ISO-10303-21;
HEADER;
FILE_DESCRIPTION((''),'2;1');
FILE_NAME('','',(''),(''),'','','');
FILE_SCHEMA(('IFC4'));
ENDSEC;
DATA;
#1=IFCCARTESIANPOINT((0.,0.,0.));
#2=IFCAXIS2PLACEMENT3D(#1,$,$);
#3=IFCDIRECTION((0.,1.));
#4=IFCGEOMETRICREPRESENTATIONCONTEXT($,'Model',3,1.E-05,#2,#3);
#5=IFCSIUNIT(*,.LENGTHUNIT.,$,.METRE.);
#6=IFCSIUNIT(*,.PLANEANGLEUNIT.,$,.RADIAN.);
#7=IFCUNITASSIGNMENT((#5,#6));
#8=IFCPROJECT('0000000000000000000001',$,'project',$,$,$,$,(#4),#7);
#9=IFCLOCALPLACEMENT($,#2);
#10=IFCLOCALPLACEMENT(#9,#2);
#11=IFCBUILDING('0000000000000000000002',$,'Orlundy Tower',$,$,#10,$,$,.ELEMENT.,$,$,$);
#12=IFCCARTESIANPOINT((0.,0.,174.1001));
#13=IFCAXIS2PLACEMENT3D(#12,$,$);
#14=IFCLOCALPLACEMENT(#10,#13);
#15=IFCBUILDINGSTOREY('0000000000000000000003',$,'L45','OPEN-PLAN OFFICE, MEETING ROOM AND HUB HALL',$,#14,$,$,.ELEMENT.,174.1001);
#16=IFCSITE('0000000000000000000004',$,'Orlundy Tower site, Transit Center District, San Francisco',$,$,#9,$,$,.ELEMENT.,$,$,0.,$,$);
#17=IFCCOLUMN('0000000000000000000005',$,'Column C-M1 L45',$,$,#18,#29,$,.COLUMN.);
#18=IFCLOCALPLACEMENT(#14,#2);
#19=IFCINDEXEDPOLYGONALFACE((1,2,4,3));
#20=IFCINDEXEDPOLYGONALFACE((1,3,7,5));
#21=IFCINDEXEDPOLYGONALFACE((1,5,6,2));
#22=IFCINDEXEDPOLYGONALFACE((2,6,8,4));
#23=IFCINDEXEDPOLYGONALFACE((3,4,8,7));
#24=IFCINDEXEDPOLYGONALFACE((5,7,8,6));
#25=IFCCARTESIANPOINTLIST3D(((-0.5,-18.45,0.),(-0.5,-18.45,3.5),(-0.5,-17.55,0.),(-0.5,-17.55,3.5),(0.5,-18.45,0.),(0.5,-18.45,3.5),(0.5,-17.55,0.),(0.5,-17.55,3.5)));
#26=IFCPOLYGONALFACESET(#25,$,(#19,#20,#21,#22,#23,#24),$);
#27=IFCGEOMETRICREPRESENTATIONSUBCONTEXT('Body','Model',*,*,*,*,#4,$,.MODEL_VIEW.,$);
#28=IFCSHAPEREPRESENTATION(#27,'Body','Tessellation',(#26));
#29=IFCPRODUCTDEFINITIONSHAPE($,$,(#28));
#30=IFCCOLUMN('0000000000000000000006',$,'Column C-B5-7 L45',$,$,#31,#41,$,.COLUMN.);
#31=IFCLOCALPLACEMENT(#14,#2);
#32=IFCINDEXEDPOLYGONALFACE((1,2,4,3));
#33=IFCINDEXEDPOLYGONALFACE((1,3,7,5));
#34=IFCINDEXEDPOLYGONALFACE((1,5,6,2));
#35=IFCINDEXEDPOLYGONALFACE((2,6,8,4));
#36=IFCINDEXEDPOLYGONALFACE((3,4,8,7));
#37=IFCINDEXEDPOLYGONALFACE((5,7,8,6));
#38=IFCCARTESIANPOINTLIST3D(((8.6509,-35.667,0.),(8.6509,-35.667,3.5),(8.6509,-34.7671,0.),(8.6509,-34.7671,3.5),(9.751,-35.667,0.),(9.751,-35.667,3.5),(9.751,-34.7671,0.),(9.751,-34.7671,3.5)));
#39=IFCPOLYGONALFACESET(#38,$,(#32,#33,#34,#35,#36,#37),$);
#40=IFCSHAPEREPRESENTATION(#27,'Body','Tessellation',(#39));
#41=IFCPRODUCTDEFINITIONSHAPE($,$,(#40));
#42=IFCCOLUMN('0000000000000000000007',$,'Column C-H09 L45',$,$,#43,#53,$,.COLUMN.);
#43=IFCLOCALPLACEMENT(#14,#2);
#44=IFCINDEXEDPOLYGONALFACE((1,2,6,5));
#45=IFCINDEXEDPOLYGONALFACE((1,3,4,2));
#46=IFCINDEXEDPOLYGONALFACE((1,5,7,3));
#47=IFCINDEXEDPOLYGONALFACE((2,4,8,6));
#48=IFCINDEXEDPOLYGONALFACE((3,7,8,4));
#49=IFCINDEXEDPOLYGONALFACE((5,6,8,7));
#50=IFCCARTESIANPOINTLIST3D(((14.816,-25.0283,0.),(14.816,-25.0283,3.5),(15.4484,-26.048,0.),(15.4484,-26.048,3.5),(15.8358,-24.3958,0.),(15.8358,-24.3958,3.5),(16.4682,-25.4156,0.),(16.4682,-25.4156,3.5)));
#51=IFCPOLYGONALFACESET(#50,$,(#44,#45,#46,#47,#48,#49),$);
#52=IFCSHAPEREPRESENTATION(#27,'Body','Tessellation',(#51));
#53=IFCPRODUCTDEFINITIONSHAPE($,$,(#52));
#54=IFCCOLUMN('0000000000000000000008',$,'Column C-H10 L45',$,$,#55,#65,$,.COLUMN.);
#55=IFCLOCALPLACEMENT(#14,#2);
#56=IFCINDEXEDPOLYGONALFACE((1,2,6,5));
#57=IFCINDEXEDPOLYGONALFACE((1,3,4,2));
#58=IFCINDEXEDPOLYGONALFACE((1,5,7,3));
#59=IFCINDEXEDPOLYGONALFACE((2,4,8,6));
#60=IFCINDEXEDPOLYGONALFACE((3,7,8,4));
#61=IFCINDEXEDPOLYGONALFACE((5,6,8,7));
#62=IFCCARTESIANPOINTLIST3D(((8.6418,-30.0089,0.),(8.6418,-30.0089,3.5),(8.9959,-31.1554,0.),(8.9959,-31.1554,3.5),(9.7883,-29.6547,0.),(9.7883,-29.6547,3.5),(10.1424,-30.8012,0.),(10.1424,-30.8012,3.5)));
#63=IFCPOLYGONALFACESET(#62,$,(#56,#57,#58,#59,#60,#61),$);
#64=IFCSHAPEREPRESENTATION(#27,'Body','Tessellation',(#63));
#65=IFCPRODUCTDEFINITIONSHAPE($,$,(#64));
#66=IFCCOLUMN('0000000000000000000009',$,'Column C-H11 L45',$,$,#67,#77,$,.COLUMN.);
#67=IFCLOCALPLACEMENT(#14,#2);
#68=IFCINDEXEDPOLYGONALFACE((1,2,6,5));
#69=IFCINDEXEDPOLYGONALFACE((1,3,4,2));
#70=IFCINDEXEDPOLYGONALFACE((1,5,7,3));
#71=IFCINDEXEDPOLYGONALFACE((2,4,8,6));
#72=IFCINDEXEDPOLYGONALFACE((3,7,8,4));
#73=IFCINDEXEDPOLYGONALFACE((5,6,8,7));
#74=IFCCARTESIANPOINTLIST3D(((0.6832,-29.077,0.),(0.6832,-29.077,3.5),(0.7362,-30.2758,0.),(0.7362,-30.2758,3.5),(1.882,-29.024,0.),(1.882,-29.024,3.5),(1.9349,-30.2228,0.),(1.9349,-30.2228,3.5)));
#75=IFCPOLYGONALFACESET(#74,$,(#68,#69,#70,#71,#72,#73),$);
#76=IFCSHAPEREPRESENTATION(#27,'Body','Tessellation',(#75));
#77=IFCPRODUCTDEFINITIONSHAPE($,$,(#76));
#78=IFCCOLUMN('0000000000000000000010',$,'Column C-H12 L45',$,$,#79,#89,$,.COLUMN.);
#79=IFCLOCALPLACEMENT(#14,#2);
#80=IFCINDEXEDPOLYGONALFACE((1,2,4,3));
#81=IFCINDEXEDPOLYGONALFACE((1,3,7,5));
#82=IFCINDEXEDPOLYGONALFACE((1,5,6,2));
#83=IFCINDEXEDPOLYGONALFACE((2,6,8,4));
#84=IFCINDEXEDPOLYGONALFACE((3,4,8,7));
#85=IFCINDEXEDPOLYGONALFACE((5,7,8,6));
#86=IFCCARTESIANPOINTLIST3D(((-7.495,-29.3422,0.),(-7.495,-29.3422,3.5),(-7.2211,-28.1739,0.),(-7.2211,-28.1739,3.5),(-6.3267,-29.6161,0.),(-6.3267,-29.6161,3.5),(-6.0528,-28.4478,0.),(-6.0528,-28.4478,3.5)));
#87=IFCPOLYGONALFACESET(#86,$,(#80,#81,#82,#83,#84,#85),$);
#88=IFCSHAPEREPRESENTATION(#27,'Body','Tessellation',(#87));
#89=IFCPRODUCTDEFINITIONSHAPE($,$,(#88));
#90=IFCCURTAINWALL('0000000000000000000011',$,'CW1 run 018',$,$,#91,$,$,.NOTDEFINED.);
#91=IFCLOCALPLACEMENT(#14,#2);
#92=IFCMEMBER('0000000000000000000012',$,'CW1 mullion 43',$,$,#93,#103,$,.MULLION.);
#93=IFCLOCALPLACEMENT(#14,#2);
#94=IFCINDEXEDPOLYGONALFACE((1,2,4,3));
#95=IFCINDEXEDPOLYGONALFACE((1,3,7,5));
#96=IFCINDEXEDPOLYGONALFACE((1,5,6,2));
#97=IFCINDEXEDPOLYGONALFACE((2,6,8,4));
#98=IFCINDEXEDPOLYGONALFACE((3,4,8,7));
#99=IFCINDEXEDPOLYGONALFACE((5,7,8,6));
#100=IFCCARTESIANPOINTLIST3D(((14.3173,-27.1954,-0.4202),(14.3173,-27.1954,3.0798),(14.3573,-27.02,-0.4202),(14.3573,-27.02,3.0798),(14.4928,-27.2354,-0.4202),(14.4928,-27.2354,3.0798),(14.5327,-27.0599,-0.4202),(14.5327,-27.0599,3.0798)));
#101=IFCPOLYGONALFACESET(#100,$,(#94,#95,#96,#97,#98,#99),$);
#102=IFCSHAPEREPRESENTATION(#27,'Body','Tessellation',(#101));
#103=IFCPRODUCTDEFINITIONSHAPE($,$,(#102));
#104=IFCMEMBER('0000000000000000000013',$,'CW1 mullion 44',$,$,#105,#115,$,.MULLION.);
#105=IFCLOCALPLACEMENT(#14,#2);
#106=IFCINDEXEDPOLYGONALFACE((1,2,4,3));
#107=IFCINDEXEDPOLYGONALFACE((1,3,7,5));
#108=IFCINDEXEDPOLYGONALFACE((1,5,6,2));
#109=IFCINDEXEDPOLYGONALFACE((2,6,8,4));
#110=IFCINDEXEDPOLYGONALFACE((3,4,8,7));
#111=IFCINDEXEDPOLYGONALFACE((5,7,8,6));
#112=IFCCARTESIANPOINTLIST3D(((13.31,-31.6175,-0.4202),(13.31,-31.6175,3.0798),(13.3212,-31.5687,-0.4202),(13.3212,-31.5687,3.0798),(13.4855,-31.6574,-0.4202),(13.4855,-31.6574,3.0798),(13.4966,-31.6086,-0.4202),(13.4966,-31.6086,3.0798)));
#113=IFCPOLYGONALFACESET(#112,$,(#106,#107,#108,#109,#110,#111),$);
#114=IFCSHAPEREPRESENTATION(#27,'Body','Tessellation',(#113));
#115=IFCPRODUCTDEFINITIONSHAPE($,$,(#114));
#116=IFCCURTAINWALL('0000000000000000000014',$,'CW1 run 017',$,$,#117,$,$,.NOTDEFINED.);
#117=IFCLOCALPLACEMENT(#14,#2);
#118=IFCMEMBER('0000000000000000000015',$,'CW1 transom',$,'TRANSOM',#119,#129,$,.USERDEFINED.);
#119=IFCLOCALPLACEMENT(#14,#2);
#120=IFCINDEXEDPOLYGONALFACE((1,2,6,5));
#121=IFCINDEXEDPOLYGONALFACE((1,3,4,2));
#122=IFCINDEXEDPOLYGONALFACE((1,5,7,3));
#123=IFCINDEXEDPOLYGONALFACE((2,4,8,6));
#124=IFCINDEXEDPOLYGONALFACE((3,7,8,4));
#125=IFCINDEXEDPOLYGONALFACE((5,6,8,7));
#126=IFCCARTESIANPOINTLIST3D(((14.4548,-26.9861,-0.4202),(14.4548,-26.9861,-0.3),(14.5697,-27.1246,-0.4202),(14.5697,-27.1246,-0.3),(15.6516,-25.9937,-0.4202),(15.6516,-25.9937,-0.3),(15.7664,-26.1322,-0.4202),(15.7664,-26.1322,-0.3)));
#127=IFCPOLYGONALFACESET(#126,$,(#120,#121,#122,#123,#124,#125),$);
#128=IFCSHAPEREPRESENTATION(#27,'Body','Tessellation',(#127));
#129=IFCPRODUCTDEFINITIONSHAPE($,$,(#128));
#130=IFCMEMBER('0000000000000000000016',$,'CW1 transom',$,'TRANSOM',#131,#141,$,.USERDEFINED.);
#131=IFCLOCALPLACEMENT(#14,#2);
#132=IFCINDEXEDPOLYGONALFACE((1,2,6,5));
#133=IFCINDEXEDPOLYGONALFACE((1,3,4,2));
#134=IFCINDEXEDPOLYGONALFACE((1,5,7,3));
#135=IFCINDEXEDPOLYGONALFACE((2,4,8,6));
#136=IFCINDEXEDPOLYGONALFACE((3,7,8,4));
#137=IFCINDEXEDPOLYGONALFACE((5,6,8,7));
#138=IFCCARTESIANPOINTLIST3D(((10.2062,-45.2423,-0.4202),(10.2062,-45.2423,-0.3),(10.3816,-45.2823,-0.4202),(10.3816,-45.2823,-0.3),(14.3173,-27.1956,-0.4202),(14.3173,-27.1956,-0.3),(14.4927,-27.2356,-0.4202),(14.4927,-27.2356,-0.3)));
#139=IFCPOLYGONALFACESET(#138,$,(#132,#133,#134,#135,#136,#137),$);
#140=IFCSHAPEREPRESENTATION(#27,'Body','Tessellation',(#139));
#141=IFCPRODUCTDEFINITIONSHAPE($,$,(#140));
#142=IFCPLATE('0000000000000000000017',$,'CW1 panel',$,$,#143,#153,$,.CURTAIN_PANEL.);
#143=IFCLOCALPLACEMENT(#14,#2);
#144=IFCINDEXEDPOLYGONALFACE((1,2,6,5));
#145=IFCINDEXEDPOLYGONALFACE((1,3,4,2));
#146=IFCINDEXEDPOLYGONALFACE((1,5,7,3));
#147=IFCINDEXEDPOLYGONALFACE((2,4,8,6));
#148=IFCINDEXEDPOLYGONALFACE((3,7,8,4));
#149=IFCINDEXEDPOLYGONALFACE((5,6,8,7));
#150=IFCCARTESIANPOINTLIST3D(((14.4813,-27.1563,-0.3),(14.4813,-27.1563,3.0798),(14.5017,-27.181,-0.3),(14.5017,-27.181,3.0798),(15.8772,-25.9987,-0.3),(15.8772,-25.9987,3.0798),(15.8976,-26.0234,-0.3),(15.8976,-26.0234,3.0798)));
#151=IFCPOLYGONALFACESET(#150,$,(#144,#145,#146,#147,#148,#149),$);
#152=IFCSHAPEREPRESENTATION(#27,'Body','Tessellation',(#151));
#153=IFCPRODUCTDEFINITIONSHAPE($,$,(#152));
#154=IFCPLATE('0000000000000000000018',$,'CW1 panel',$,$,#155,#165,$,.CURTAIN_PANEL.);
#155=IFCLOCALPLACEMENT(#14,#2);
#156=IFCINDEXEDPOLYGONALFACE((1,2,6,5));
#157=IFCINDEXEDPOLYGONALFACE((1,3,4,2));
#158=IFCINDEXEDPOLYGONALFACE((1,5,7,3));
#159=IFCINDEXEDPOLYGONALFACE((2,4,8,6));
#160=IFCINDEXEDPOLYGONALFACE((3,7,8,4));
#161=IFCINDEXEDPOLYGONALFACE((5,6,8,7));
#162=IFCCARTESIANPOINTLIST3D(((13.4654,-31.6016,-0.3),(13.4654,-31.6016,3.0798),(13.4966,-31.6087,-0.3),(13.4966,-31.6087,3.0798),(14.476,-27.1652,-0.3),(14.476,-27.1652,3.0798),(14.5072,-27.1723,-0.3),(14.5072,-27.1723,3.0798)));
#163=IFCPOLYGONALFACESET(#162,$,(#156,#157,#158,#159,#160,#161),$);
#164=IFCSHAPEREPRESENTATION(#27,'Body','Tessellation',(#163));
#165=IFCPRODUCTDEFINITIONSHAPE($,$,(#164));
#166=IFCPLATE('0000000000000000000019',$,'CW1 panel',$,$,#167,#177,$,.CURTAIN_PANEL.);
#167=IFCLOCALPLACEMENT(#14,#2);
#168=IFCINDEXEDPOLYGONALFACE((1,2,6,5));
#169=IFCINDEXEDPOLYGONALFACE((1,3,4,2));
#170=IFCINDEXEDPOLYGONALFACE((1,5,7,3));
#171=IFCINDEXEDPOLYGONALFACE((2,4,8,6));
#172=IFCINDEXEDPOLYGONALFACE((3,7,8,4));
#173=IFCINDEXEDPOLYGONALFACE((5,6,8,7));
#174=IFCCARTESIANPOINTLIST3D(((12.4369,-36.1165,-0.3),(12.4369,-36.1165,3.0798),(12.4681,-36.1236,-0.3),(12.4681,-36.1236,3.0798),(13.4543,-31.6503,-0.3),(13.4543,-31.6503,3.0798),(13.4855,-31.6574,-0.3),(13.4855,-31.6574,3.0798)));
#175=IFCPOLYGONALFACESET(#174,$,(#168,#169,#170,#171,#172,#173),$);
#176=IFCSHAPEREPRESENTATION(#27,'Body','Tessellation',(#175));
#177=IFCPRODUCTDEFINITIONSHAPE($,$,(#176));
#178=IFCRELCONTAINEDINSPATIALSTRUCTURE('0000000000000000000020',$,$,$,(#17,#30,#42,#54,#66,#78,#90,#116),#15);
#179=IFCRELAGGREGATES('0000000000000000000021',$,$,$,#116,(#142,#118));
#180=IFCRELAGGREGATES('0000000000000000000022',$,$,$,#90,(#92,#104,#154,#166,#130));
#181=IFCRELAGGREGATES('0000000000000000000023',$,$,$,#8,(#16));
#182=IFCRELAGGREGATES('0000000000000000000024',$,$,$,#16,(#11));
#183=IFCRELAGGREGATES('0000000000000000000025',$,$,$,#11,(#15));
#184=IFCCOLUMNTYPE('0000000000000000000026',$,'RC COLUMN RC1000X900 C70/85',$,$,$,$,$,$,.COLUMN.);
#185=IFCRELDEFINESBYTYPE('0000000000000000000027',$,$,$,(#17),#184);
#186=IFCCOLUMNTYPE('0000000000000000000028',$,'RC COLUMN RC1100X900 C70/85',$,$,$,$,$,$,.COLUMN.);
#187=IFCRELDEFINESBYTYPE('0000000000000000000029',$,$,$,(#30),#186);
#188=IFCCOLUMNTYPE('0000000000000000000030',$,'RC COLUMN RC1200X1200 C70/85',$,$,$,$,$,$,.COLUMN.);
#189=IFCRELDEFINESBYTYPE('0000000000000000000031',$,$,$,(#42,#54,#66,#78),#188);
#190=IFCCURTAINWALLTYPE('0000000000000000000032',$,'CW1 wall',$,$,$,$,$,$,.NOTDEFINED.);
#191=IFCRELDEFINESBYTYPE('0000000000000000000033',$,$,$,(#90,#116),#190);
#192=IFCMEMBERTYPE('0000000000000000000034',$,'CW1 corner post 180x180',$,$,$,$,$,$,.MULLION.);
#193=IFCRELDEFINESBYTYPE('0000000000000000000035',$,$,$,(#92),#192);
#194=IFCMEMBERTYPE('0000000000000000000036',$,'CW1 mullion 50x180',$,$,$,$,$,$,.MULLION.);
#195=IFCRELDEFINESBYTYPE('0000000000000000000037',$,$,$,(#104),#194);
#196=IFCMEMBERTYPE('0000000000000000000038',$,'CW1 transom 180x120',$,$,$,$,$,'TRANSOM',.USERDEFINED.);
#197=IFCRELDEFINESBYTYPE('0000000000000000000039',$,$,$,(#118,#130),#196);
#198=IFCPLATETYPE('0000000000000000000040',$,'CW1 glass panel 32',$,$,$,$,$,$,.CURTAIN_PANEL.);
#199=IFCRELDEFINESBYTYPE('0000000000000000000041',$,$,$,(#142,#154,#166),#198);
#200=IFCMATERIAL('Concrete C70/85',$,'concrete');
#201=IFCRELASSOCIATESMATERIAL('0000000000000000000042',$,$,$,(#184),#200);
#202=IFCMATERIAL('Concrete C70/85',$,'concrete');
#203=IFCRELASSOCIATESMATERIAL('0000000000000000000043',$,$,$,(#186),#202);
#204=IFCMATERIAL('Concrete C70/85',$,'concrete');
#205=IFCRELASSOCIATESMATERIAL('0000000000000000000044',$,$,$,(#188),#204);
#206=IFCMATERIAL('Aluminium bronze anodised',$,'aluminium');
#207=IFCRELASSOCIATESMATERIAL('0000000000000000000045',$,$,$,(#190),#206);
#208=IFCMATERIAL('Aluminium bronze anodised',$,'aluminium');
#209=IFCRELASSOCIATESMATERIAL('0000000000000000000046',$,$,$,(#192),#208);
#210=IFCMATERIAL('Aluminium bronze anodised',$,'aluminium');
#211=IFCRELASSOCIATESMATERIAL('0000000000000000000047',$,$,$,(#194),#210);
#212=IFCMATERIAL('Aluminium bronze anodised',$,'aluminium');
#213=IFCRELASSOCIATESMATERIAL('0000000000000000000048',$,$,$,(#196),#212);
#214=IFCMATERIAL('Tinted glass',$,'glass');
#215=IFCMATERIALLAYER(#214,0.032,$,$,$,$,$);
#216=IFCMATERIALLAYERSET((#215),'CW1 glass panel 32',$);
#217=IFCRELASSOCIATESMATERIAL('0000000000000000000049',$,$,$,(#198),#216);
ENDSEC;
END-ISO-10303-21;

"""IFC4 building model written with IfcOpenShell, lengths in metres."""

from ifc_helpers import new_model, si_unit, direction, frame, origin, origin_2d, place, context, subcontext, project, spatial, rectangle, extrude, material, layer, layer_set, material_profile, profile_set, type_object, element, aggregate, save


model = new_model("IFC4")

# Units and contexts
model_context = context("Model", 3, precision=1e-05, world=origin(), true_north=direction((0.0, 1.0)))
body_context = subcontext(model_context, "Body", "Model", "MODEL_VIEW")
ifc_project = project(units=[si_unit("LENGTHUNIT", "METRE"), si_unit("PLANEANGLEUNIT", "RADIAN")], contexts=[model_context])

# Site, building, storey
site_placement = place(None, origin())
site = spatial("IfcSite", under=ifc_project, at=site_placement, Name="Orlundy Tower site, Transit Center District, San Francisco", CompositionType="ELEMENT", RefElevation=0.0)
building_placement = place(site_placement, origin())
building = spatial("IfcBuilding", under=site, at=building_placement, Name="Orlundy Tower", CompositionType="ELEMENT")
storey_placement = place(building_placement, frame((0.0, 0.0, 174.1001)))
storey = spatial("IfcBuildingStorey", under=building, at=storey_placement, Name="L45", Description="OPEN-PLAN OFFICE, MEETING ROOM AND HUB HALL", CompositionType="ELEMENT", Elevation=174.1001)

# Columns
ifc_material_1 = material(Name="Concrete C70/85", Category="concrete")
ifc_material_profile_1 = material_profile(ifc_material_1, rectangle(XDim=1.0, YDim=0.8999, at=origin_2d()), Name="RC1000X900")
ifc_profile_set_1 = profile_set([ifc_material_profile_1], Name="Concrete C70/85")
column_type_1 = type_object("IfcColumnType", Name="RC COLUMN RC1000X900 C70/85", PredefinedType="COLUMN", material=ifc_profile_set_1)
column_1_placement = place(storey_placement, frame((0.0, -18.0, 0.0), z_axis=(0.0, 0.0, 1.0), x_axis=(1.0, 0.0, 0.0)))
element("IfcColumn", 1, at=column_1_placement, inside=storey, type_object=column_type_1, Name="Column C-M1 L45", PredefinedType="COLUMN", context=body_context, shape_type="SweptSolid", body=[
    extrude(rectangle(XDim=1.0, YDim=0.8999, at=origin_2d()), origin(), (0.0, 0.0, 1.0), 3.5),
])
ifc_material_2 = material(Name="Concrete C70/85", Category="concrete")
ifc_material_profile_2 = material_profile(ifc_material_2, rectangle(XDim=1.1001, YDim=0.8999, at=origin_2d()), Name="RC1100X900")
ifc_profile_set_2 = profile_set([ifc_material_profile_2], Name="Concrete C70/85")
column_type_2 = type_object("IfcColumnType", Name="RC COLUMN RC1100X900 C70/85", PredefinedType="COLUMN", material=ifc_profile_set_2)
column_2_placement = place(storey_placement, frame((9.2009, -35.217, 0.0), z_axis=(0.0, 0.0, 1.0), x_axis=(1.0, 0.0, 0.0)))
element("IfcColumn", 2, at=column_2_placement, inside=storey, type_object=column_type_2, Name="Column C-B5-7 L45", PredefinedType="COLUMN", context=body_context, shape_type="SweptSolid", body=[
    extrude(rectangle(XDim=1.1001, YDim=0.8999, at=origin_2d()), origin(), (0.0, 0.0, 1.0), 3.5),
])
ifc_material_3 = material(Name="Concrete C70/85", Category="concrete")
ifc_material_profile_3 = material_profile(ifc_material_3, rectangle(XDim=1.2, YDim=1.2, at=origin_2d()), Name="RC1200X1200")
ifc_profile_set_3 = profile_set([ifc_material_profile_3], Name="Concrete C70/85")
column_type_3 = type_object("IfcColumnType", Name="RC COLUMN RC1200X1200 C70/85", PredefinedType="COLUMN", material=ifc_profile_set_3)
for number, where, z_axis, x_axis, name in (
    (3, (15.6421, -25.2219, 0.0), (0.0, 0.0, 1.0), (0.527045, -0.849838, 0.0), "Column C-H09 L45"),
    (4, (9.3921, -30.405, 0.0), (0.0, 0.0, 1.0), (0.295141, -0.955454, 0.0), "Column C-H10 L45"),
    (5, (1.3091, -29.6499, 0.0), (0.0, 0.0, 1.0), (0.044108, -0.999027, 0.0), "Column C-H11 L45"),
    (6, (-6.7739, -28.895, 0.0), (0.0, 0.0, 1.0), (-0.228249, -0.973603, 0.0), "Column C-H12 L45"),
):
    element("IfcColumn", number, at=place(storey_placement, frame(where, z_axis=z_axis, x_axis=x_axis)), inside=storey, type_object=column_type_3, Name=name, PredefinedType="COLUMN", context=body_context, shape_type="SweptSolid", body=[
        extrude(rectangle(XDim=1.2, YDim=1.2, at=origin_2d()), origin(), (0.0, 0.0, 1.0), 3.5),
    ])

# Curtain wall, members
ifc_material_4 = material(Name="Aluminium bronze anodised", Category="aluminium")
curtain_wall_type = type_object("IfcCurtainWallType", Name="CW1 wall", PredefinedType="NOTDEFINED", material=ifc_material_4)
curtain_wall_1_placement = place(storey_placement, origin())
curtain_wall_1 = element("IfcCurtainWall", 7, at=curtain_wall_1_placement, inside=storey, type_object=curtain_wall_type, Name="CW1 run 018", PredefinedType="NOTDEFINED")
ifc_material_5 = material(Name="Aluminium bronze anodised", Category="aluminium")
ifc_material_profile_4 = material_profile(ifc_material_5, rectangle(XDim=0.1799, YDim=0.1799, at=origin_2d()), Name="CW1 corner post 180x180")
ifc_profile_set_4 = profile_set([ifc_material_profile_4], Name="Aluminium bronze anodised")
member_type_1 = type_object("IfcMemberType", Name="CW1 corner post 180x180", PredefinedType="MULLION", material=ifc_profile_set_4)
member_1_placement = place(storey_placement, frame((14.425, -27.1277, -0.4202), z_axis=(0.0, 0.0, 1.0), x_axis=(0.975022, -0.222106, 0.0)))
member_1 = element("IfcMember", 8, at=member_1_placement, type_object=member_type_1, Name="CW1 mullion 43", PredefinedType="MULLION", context=body_context, shape_type="SweptSolid", body=[
    extrude(rectangle(XDim=0.1799, YDim=0.1799, at=origin_2d()), origin(), (0.0, 0.0, 1.0), 3.5),
])
ifc_material_6 = material(Name="Aluminium bronze anodised", Category="aluminium")
ifc_material_profile_5 = material_profile(ifc_material_6, rectangle(XDim=0.1799, YDim=0.05, at=origin_2d()), Name="CW1 mullion 50x180")
ifc_profile_set_5 = profile_set([ifc_material_profile_5], Name="Aluminium bronze anodised")
member_type_2 = type_object("IfcMemberType", Name="CW1 mullion 50x180", PredefinedType="MULLION", material=ifc_profile_set_5)
member_2_placement = place(storey_placement, frame((13.4033, -31.613, -0.4202), z_axis=(0.0, 0.0, 1.0), x_axis=(0.975022, -0.222106, 0.0)))
member_2 = element("IfcMember", 9, at=member_2_placement, type_object=member_type_2, Name="CW1 mullion 44", PredefinedType="MULLION", context=body_context, shape_type="SweptSolid", body=[
    extrude(rectangle(XDim=0.1799, YDim=0.05, at=origin_2d()), origin(), (0.0, 0.0, 1.0), 3.5),
])

# Curtain wall, member
curtain_wall_2_placement = place(storey_placement, origin())
curtain_wall_2 = element("IfcCurtainWall", 10, at=curtain_wall_2_placement, inside=storey, type_object=curtain_wall_type, Name="CW1 run 017", PredefinedType="NOTDEFINED")
ifc_material_7 = material(Name="Aluminium bronze anodised", Category="aluminium")
ifc_material_profile_6 = material_profile(ifc_material_7, rectangle(XDim=0.1799, YDim=0.1201, at=origin_2d()), Name="CW1 transom 180x120")
ifc_profile_set_6 = profile_set([ifc_material_profile_6], Name="Aluminium bronze anodised")
member_type_3 = type_object("IfcMemberType", Name="CW1 transom 180x120", ElementType="TRANSOM", PredefinedType="USERDEFINED", material=ifc_profile_set_6)
member_3_placement = place(storey_placement, frame((15.709, -26.063, -0.3601), z_axis=(-0.769764, -0.638329, 0.0), x_axis=(0.638329, -0.769764, 0.0)))
member_3 = element("IfcMember", 11, at=member_3_placement, type_object=member_type_3, Name="CW1 transom", ObjectType="TRANSOM", PredefinedType="USERDEFINED", context=body_context, shape_type="SweptSolid", body=[
    extrude(rectangle(XDim=0.1799, YDim=0.1201, at=origin_2d()), origin(), (0.0, 0.0, 1.0), 1.5547),
])

# Member
member_4_placement = place(storey_placement, frame((14.405, -27.2156, -0.3601), z_axis=(-0.222113, -0.975021, 0.0), x_axis=(0.975021, -0.222113, 0.0)))
member_4 = element("IfcMember", 12, at=member_4_placement, type_object=member_type_3, Name="CW1 transom", ObjectType="TRANSOM", PredefinedType="USERDEFINED", context=body_context, shape_type="SweptSolid", body=[
    extrude(rectangle(XDim=0.1799, YDim=0.1201, at=origin_2d()), origin(), (0.0, 0.0, 1.0), 18.509),
])

# Plates
ifc_material_8 = material(Name="Tinted glass", Category="glass")
ifc_layer_1 = layer(ifc_material_8, 0.032)
ifc_layer_set_1 = layer_set([ifc_layer_1], Name="CW1 glass panel 32")
plate_type = type_object("IfcPlateType", Name="CW1 glass panel 32", PredefinedType="CURTAIN_PANEL", material=ifc_layer_set_1)
plate_1_placement = place(storey_placement, frame((15.1895, -26.5898, -0.3), z_axis=(0.0, 0.0, 1.0), x_axis=(-0.769762, -0.638331, 0.0)))
plate_1 = element("IfcPlate", 13, at=plate_1_placement, type_object=plate_type, Name="CW1 panel", PredefinedType="CURTAIN_PANEL", context=body_context, shape_type="SweptSolid", body=[
    extrude(rectangle(XDim=1.8135, YDim=0.032, at=origin_2d()), origin(), (0.0, 0.0, 1.0), 3.3799),
])
aggregate(curtain_wall_2, [plate_1, member_3])
plate_2_placement = place(storey_placement, frame((13.9863, -29.387, -0.3), z_axis=(0.0, 0.0, 1.0), x_axis=(-0.222106, -0.975022, 0.0)))
plate_2 = element("IfcPlate", 14, at=plate_2_placement, type_object=plate_type, Name="CW1 panel", PredefinedType="CURTAIN_PANEL", context=body_context, shape_type="SweptSolid", body=[
    extrude(rectangle(XDim=4.55, YDim=0.032, at=origin_2d()), origin(), (0.0, 0.0, 1.0), 3.3799),
])
plate_3_placement = place(storey_placement, frame((12.9612, -33.887, -0.3), z_axis=(0.0, 0.0, 1.0), x_axis=(-0.222106, -0.975022, 0.0)))
plate_3 = element("IfcPlate", 15, at=plate_3_placement, type_object=plate_type, Name="CW1 panel", PredefinedType="CURTAIN_PANEL", context=body_context, shape_type="SweptSolid", body=[
    extrude(rectangle(XDim=4.5806, YDim=0.032, at=origin_2d()), origin(), (0.0, 0.0, 1.0), 3.3799),
])
aggregate(curtain_wall_1, [member_1, member_2, plate_2, plate_3, member_4])

save(model, "model.ifc")
